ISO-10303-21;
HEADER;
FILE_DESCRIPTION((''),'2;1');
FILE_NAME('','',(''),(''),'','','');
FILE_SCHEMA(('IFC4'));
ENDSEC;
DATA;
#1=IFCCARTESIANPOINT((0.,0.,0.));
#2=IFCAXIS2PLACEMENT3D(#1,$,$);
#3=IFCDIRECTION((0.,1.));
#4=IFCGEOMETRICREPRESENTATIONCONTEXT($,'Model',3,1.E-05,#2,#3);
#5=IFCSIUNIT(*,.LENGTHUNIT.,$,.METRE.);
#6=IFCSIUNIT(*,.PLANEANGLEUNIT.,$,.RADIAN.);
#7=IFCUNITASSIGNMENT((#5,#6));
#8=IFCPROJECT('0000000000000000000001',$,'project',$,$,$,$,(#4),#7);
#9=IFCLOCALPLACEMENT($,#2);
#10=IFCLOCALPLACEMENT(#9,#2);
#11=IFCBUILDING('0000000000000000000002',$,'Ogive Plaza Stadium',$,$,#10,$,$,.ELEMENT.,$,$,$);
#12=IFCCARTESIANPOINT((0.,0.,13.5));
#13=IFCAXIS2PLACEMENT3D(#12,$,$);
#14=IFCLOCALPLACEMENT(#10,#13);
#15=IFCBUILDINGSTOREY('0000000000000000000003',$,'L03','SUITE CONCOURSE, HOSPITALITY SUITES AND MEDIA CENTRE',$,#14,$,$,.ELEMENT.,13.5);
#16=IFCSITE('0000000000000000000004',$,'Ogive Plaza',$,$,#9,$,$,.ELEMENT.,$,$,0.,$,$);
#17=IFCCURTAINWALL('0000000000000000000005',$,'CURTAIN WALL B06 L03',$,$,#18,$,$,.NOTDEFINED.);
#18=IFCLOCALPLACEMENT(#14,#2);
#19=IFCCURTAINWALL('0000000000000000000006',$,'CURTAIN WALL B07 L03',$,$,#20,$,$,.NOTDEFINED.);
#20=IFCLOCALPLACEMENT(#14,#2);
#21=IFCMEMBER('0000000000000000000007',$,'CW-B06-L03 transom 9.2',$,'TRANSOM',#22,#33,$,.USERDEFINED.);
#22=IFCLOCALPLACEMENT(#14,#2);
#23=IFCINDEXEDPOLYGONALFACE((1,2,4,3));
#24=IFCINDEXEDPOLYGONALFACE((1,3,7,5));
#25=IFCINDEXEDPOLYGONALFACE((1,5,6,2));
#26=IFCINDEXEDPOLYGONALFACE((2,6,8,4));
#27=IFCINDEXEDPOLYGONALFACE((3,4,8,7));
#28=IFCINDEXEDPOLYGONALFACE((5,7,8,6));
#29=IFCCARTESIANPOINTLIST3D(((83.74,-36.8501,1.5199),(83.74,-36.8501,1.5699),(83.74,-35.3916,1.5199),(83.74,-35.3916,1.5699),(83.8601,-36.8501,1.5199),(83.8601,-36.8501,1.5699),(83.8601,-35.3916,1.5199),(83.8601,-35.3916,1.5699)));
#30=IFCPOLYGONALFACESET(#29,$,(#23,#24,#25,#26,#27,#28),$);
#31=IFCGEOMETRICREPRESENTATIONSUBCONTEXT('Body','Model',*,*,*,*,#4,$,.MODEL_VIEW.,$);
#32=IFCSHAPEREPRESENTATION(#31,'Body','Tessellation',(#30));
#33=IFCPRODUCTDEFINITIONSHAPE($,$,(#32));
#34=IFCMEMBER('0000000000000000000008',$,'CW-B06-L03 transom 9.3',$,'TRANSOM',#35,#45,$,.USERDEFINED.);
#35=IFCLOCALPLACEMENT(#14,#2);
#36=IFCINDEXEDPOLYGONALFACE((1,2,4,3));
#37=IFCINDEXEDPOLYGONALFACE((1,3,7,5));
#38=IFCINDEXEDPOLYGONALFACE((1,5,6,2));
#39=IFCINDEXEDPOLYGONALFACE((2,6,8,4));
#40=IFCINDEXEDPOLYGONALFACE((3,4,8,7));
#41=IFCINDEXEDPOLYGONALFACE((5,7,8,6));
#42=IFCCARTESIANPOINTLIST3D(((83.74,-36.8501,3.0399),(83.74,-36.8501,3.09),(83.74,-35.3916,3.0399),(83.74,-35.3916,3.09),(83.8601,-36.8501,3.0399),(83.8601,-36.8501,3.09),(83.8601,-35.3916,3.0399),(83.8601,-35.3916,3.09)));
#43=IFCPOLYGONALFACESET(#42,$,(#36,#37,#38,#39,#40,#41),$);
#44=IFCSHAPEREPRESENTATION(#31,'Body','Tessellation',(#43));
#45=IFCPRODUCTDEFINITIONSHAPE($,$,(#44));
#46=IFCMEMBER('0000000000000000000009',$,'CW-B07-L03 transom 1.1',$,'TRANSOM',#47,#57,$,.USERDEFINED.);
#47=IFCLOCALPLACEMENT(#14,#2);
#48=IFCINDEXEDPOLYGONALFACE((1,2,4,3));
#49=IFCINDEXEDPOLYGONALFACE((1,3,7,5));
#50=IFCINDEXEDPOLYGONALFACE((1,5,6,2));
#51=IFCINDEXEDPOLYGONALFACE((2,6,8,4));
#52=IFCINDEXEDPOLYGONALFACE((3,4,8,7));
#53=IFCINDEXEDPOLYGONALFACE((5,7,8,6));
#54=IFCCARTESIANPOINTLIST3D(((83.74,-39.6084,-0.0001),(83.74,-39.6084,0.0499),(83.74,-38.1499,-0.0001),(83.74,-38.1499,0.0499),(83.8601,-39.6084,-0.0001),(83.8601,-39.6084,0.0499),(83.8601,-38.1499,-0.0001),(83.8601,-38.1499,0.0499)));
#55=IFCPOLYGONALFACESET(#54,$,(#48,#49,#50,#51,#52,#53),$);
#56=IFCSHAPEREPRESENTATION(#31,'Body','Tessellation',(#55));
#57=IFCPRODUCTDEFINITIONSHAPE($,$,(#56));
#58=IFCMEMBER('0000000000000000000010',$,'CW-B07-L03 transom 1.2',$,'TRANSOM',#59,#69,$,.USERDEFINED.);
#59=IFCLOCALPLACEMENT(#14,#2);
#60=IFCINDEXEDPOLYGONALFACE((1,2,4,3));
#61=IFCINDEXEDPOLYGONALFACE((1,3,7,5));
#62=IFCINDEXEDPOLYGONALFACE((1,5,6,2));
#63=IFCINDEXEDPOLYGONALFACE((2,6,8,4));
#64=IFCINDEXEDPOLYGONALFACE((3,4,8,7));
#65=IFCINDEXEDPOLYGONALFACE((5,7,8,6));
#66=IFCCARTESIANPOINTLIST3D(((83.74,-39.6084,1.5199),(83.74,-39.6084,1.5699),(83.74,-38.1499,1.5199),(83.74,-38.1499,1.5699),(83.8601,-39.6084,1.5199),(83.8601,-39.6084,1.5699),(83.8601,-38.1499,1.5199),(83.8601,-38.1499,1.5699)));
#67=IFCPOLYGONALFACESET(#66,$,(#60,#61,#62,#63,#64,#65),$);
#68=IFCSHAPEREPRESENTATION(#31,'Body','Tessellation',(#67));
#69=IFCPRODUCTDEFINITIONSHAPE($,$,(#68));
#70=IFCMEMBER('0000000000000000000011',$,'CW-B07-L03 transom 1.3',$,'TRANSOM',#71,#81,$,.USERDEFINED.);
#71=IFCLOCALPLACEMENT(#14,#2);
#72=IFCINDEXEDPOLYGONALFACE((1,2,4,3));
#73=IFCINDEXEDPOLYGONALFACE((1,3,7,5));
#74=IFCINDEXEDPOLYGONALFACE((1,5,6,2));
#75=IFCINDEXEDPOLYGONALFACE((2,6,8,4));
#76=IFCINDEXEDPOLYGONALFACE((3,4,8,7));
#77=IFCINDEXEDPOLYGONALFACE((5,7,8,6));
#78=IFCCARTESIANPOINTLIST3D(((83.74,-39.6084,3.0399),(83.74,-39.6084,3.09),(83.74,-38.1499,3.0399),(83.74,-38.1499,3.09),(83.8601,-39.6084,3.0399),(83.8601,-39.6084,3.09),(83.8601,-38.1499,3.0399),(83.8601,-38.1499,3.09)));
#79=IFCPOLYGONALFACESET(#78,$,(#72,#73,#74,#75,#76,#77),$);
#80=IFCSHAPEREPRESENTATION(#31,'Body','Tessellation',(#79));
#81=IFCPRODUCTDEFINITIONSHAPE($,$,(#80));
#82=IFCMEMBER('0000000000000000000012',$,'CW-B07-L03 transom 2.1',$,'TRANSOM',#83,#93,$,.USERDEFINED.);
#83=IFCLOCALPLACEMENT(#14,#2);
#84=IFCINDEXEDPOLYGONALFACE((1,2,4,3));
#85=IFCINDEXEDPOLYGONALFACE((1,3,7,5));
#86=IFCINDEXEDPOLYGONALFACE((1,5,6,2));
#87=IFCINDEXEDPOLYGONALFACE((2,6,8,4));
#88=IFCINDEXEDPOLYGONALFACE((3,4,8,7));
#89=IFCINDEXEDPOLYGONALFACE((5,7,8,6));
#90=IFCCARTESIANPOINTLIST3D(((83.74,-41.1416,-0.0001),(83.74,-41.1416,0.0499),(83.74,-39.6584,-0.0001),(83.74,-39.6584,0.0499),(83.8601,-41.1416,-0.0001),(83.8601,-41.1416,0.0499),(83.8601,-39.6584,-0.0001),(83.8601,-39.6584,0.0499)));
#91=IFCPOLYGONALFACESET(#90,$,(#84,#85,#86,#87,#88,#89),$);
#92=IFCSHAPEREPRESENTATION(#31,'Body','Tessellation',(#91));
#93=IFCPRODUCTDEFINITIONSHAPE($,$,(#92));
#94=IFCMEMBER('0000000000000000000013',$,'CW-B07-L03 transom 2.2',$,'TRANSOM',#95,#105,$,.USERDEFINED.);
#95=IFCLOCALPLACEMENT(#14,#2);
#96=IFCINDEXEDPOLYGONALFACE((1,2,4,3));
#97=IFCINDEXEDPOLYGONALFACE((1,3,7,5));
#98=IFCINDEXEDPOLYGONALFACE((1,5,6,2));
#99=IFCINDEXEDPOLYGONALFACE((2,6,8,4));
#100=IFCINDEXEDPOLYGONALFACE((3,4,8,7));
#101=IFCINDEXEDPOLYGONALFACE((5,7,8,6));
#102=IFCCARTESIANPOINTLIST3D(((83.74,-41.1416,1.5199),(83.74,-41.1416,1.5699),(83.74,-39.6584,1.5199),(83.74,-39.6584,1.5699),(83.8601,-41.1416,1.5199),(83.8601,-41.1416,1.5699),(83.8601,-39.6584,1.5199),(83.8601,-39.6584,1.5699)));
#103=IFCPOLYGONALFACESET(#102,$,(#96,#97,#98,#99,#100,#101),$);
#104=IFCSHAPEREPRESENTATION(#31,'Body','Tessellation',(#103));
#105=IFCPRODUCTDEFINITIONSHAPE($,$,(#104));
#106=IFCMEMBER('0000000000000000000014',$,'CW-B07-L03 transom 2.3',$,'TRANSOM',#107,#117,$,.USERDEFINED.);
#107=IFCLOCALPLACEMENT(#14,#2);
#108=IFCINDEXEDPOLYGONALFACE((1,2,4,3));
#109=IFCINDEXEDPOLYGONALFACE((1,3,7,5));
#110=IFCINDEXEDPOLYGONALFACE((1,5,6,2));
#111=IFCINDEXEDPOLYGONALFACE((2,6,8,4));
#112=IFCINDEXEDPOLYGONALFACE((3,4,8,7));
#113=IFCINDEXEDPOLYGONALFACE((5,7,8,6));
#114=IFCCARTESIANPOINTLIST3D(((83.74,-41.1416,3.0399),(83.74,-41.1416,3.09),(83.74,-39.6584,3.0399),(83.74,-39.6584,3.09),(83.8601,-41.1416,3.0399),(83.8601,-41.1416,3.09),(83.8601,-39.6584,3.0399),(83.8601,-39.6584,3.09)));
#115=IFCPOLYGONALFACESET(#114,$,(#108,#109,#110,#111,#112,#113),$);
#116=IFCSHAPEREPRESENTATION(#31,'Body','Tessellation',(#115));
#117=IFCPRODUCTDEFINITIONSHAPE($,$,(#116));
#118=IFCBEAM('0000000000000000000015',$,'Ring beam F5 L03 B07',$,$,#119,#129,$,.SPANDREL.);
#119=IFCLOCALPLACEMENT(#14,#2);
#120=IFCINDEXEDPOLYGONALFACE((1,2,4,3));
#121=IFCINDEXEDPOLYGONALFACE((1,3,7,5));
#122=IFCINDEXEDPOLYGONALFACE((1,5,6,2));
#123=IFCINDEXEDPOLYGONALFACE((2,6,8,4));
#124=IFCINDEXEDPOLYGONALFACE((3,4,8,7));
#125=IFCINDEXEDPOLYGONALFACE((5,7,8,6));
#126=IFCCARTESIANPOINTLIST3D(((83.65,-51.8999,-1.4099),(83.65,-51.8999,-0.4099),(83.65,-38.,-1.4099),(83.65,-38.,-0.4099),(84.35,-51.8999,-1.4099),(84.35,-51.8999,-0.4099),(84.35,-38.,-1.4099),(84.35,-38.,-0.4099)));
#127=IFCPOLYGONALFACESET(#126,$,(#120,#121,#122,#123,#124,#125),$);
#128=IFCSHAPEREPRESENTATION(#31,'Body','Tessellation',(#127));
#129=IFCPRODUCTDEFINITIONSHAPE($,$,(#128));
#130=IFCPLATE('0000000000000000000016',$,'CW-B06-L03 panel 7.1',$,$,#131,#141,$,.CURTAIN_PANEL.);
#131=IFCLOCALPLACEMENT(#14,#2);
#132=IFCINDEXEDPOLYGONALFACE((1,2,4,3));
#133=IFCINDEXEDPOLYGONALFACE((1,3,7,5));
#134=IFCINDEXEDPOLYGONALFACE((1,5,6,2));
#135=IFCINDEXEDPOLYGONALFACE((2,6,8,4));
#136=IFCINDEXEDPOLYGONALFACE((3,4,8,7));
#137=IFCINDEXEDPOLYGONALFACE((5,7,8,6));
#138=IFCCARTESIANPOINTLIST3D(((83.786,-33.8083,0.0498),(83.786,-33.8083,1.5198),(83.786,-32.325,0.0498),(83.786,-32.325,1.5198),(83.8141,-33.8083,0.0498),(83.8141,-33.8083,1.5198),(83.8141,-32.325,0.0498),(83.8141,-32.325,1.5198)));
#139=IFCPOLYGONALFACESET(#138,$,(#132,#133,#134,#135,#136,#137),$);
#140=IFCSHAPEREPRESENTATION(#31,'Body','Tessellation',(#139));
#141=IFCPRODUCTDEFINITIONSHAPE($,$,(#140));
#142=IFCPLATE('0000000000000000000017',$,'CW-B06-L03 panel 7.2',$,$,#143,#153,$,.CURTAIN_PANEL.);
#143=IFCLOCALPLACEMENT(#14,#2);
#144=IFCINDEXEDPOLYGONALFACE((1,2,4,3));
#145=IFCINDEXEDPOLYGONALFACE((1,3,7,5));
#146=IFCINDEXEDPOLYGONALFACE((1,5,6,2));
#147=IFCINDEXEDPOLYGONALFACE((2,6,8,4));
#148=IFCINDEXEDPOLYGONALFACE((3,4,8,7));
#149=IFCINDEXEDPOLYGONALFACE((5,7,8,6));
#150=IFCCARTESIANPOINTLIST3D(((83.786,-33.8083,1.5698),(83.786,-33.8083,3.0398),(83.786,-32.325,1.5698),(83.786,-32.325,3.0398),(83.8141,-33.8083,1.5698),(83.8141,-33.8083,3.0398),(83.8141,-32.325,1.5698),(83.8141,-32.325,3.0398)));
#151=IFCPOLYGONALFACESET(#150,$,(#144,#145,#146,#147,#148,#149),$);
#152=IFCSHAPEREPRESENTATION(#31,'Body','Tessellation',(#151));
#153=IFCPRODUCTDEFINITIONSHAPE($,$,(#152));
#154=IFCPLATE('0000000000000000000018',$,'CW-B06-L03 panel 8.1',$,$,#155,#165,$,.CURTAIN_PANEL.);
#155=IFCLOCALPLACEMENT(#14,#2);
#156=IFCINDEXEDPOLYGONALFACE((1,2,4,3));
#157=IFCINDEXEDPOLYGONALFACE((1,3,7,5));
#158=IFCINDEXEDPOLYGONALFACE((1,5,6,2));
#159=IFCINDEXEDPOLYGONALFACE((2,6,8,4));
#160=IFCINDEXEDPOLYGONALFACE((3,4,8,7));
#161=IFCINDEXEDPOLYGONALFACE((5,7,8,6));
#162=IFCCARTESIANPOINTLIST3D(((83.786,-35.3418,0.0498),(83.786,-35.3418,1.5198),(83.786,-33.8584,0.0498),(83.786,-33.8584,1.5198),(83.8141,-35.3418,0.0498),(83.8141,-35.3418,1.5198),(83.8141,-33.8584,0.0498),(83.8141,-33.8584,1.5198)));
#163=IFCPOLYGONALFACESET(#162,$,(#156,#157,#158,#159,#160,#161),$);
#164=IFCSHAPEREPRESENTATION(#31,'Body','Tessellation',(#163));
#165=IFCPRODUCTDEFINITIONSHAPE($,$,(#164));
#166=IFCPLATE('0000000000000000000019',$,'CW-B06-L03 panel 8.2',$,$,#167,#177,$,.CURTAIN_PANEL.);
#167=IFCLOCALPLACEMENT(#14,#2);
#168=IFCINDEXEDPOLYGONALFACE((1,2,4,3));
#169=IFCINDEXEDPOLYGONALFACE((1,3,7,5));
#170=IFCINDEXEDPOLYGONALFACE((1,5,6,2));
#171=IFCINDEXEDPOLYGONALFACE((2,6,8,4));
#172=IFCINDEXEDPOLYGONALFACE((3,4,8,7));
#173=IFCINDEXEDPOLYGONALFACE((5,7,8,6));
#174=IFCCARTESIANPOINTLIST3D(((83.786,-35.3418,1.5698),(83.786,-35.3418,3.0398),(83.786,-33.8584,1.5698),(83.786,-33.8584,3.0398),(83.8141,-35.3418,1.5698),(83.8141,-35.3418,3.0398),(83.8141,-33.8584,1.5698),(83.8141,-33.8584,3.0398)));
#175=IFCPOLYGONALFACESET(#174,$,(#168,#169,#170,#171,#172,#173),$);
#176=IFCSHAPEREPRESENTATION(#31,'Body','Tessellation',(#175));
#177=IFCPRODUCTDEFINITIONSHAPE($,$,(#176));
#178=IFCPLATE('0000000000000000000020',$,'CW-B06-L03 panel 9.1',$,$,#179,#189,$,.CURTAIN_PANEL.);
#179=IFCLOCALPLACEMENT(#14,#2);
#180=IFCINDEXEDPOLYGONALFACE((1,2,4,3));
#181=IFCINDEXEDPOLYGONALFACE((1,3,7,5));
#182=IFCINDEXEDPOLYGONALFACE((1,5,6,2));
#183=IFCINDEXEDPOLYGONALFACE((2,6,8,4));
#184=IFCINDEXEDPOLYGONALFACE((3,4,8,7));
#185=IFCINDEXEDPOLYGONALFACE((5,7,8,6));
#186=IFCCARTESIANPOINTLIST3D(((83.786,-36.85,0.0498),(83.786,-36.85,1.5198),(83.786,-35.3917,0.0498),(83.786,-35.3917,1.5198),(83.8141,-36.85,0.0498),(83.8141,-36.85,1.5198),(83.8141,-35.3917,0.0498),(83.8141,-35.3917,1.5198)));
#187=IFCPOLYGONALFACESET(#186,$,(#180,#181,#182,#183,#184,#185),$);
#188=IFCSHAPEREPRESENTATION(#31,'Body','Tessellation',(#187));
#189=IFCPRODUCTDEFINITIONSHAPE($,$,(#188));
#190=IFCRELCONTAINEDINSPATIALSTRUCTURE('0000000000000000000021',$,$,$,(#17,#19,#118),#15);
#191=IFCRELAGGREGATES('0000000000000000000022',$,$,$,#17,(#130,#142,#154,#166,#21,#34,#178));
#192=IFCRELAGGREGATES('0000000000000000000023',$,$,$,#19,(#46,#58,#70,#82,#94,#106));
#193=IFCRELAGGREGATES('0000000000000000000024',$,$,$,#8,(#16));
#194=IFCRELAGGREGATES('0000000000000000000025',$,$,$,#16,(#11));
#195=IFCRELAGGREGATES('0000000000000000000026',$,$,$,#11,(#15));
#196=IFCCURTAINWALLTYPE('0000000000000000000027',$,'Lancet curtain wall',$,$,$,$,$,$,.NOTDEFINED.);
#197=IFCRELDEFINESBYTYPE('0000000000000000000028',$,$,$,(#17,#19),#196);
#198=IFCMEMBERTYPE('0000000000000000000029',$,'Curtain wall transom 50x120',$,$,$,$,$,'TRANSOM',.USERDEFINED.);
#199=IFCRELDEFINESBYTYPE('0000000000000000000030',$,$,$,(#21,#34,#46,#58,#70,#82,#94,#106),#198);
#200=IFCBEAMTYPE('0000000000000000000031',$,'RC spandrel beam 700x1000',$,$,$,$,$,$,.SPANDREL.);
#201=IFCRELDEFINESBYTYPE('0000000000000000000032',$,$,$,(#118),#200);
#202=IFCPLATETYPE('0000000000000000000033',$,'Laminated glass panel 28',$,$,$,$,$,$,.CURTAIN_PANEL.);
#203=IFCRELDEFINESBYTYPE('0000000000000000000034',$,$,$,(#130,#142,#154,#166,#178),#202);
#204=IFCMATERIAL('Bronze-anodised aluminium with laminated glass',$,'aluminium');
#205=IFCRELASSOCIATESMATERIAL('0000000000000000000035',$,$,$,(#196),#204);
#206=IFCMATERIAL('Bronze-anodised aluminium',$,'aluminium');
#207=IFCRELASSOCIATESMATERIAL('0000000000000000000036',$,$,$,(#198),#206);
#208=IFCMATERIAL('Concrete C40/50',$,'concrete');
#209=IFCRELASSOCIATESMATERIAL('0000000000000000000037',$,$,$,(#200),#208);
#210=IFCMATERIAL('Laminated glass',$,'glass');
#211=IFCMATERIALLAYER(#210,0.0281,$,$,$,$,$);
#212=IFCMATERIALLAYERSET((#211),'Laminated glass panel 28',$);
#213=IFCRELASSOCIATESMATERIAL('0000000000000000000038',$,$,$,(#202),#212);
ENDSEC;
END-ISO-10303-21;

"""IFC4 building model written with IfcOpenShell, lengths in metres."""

from ifc_helpers import new_model, si_unit, direction, frame, origin, origin_2d, place, context, subcontext, project, spatial, rectangle, extrude, material, layer, layer_set, material_profile, profile_set, type_object, element, aggregate, save


model = new_model("IFC4")

# Units and contexts
model_context = context("Model", 3, precision=1e-05, world=origin(), true_north=direction((0.0, 1.0)))
body_context = subcontext(model_context, "Body", "Model", "MODEL_VIEW")
ifc_project = project(units=[si_unit("LENGTHUNIT", "METRE"), si_unit("PLANEANGLEUNIT", "RADIAN")], contexts=[model_context])

# Site, building, storey
site_placement = place(None, origin())
site = spatial("IfcSite", under=ifc_project, at=site_placement, Name="Ogive Plaza", CompositionType="ELEMENT", RefElevation=0.0)
building_placement = place(site_placement, origin())
building = spatial("IfcBuilding", under=site, at=building_placement, Name="Ogive Plaza Stadium", CompositionType="ELEMENT")
storey_placement = place(building_placement, frame((0.0, 0.0, 13.5)))
storey = spatial("IfcBuildingStorey", under=building, at=storey_placement, Name="L03", Description="SUITE CONCOURSE, HOSPITALITY SUITES AND MEDIA CENTRE", CompositionType="ELEMENT", Elevation=13.5)

# Curtain walls
ifc_material_1 = material(Name="Bronze-anodised aluminium with laminated glass", Category="aluminium")
curtain_wall_type = type_object("IfcCurtainWallType", Name="Lancet curtain wall", PredefinedType="NOTDEFINED", material=ifc_material_1)
curtain_wall_1_placement = place(storey_placement, origin())
curtain_wall_1 = element("IfcCurtainWall", 1, at=curtain_wall_1_placement, inside=storey, type_object=curtain_wall_type, Name="CURTAIN WALL B06 L03", PredefinedType="NOTDEFINED")
curtain_wall_2_placement = place(storey_placement, origin())
curtain_wall_2 = element("IfcCurtainWall", 2, at=curtain_wall_2_placement, inside=storey, type_object=curtain_wall_type, Name="CURTAIN WALL B07 L03", PredefinedType="NOTDEFINED")

# Members
ifc_material_2 = material(Name="Bronze-anodised aluminium", Category="aluminium")
ifc_material_profile_1 = material_profile(ifc_material_2, rectangle(XDim=0.1201, YDim=0.05, at=origin_2d()), Name="AL 120x50")
ifc_profile_set_1 = profile_set([ifc_material_profile_1], Name="Bronze-anodised aluminium")
member_type_1 = type_object("IfcMemberType", Name="Curtain wall transom 50x120", ElementType="TRANSOM", PredefinedType="USERDEFINED", material=ifc_profile_set_1)
member_1_placement = place(storey_placement, frame((83.8, -35.3916, 1.5449), z_axis=(0.0, -1.0, 0.0), x_axis=(1.0, 0.0, 0.0)))
member_1 = element("IfcMember", 3, at=member_1_placement, type_object=member_type_1, Name="CW-B06-L03 transom 9.2", ObjectType="TRANSOM", PredefinedType="USERDEFINED", context=body_context, shape_type="SweptSolid", body=[
    extrude(rectangle(XDim=0.1201, YDim=0.05, at=origin_2d()), origin(), (0.0, 0.0, 1.0), 1.4585),
])
member_2_placement = place(storey_placement, frame((83.8, -35.3916, 3.0649), z_axis=(0.0, -1.0, 0.0), x_axis=(1.0, 0.0, 0.0)))
member_2 = element("IfcMember", 4, at=member_2_placement, type_object=member_type_1, Name="CW-B06-L03 transom 9.3", ObjectType="TRANSOM", PredefinedType="USERDEFINED", context=body_context, shape_type="SweptSolid", body=[
    extrude(rectangle(XDim=0.1201, YDim=0.05, at=origin_2d()), origin(), (0.0, 0.0, 1.0), 1.4585),
])
member_3_placement = place(storey_placement, frame((83.8, -38.1499, 0.0249), z_axis=(0.0, -1.0, 0.0), x_axis=(1.0, 0.0, 0.0)))
member_3 = element("IfcMember", 5, at=member_3_placement, type_object=member_type_1, Name="CW-B07-L03 transom 1.1", ObjectType="TRANSOM", PredefinedType="USERDEFINED", context=body_context, shape_type="SweptSolid", body=[
    extrude(rectangle(XDim=0.1201, YDim=0.05, at=origin_2d()), origin(), (0.0, 0.0, 1.0), 1.4585),
])
member_4_placement = place(storey_placement, frame((83.8, -38.1499, 1.5449), z_axis=(0.0, -1.0, 0.0), x_axis=(1.0, 0.0, 0.0)))
member_4 = element("IfcMember", 6, at=member_4_placement, type_object=member_type_1, Name="CW-B07-L03 transom 1.2", ObjectType="TRANSOM", PredefinedType="USERDEFINED", context=body_context, shape_type="SweptSolid", body=[
    extrude(rectangle(XDim=0.1201, YDim=0.05, at=origin_2d()), origin(), (0.0, 0.0, 1.0), 1.4585),
])
member_5_placement = place(storey_placement, frame((83.8, -38.1499, 3.0649), z_axis=(0.0, -1.0, 0.0), x_axis=(1.0, 0.0, 0.0)))
member_5 = element("IfcMember", 7, at=member_5_placement, type_object=member_type_1, Name="CW-B07-L03 transom 1.3", ObjectType="TRANSOM", PredefinedType="USERDEFINED", context=body_context, shape_type="SweptSolid", body=[
    extrude(rectangle(XDim=0.1201, YDim=0.05, at=origin_2d()), origin(), (0.0, 0.0, 1.0), 1.4585),
])
member_6_placement = place(storey_placement, frame((83.8, -39.6584, 0.0249), z_axis=(0.0, -1.0, 0.0), x_axis=(1.0, 0.0, 0.0)))
member_6 = element("IfcMember", 8, at=member_6_placement, type_object=member_type_1, Name="CW-B07-L03 transom 2.1", ObjectType="TRANSOM", PredefinedType="USERDEFINED", context=body_context, shape_type="SweptSolid", body=[
    extrude(rectangle(XDim=0.1201, YDim=0.05, at=origin_2d()), origin(), (0.0, 0.0, 1.0), 1.4832),
])
member_7_placement = place(storey_placement, frame((83.8, -39.6584, 1.5449), z_axis=(0.0, -1.0, 0.0), x_axis=(1.0, 0.0, 0.0)))
member_7 = element("IfcMember", 9, at=member_7_placement, type_object=member_type_1, Name="CW-B07-L03 transom 2.2", ObjectType="TRANSOM", PredefinedType="USERDEFINED", context=body_context, shape_type="SweptSolid", body=[
    extrude(rectangle(XDim=0.1201, YDim=0.05, at=origin_2d()), origin(), (0.0, 0.0, 1.0), 1.4832),
])
member_8_placement = place(storey_placement, frame((83.8, -39.6584, 3.0649), z_axis=(0.0, -1.0, 0.0), x_axis=(1.0, 0.0, 0.0)))
member_8 = element("IfcMember", 10, at=member_8_placement, type_object=member_type_1, Name="CW-B07-L03 transom 2.3", ObjectType="TRANSOM", PredefinedType="USERDEFINED", context=body_context, shape_type="SweptSolid", body=[
    extrude(rectangle(XDim=0.1201, YDim=0.05, at=origin_2d()), origin(), (0.0, 0.0, 1.0), 1.4832),
])

# Beam
ifc_material_3 = material(Name="Concrete C40/50", Category="concrete")
ifc_material_profile_2 = material_profile(ifc_material_3, rectangle(XDim=0.7, YDim=1.0, at=origin_2d()), Name="RC 700x1000")
ifc_profile_set_2 = profile_set([ifc_material_profile_2], Name="Concrete C40/50")
beam_type = type_object("IfcBeamType", Name="RC spandrel beam 700x1000", PredefinedType="SPANDREL", material=ifc_profile_set_2)
beam_placement = place(storey_placement, frame((84.0, -38.0, -0.9099), z_axis=(0.0, -1.0, 0.0), x_axis=(1.0, 0.0, 0.0)))
element("IfcBeam", 11, at=beam_placement, inside=storey, type_object=beam_type, Name="Ring beam F5 L03 B07", PredefinedType="SPANDREL", context=body_context, shape_type="SweptSolid", body=[
    extrude(rectangle(XDim=0.7, YDim=1.0, at=origin_2d()), origin(), (0.0, 0.0, 1.0), 13.8999),
])

# Plates
ifc_material_4 = material(Name="Laminated glass", Category="glass")
ifc_layer = layer(ifc_material_4, 0.0281)
ifc_layer_set = layer_set([ifc_layer], Name="Laminated glass panel 28")
plate_type = type_object("IfcPlateType", Name="Laminated glass panel 28", PredefinedType="CURTAIN_PANEL", material=ifc_layer_set)
plate_1_placement = place(storey_placement, frame((83.8, -33.0667, 0.0498), z_axis=(0.0, 0.0, 1.0), x_axis=(0.0, -1.0, 0.0)))
plate_1 = element("IfcPlate", 12, at=plate_1_placement, type_object=plate_type, Name="CW-B06-L03 panel 7.1", PredefinedType="CURTAIN_PANEL", context=body_context, shape_type="SweptSolid", body=[
    extrude(rectangle(XDim=1.4834, YDim=0.0281, at=origin_2d()), origin(), (0.0, 0.0, 1.0), 1.47),
])
plate_2_placement = place(storey_placement, frame((83.8, -33.0667, 1.5698), z_axis=(0.0, 0.0, 1.0), x_axis=(0.0, -1.0, 0.0)))
plate_2 = element("IfcPlate", 13, at=plate_2_placement, type_object=plate_type, Name="CW-B06-L03 panel 7.2", PredefinedType="CURTAIN_PANEL", context=body_context, shape_type="SweptSolid", body=[
    extrude(rectangle(XDim=1.4834, YDim=0.0281, at=origin_2d()), origin(), (0.0, 0.0, 1.0), 1.47),
])
plate_3_placement = place(storey_placement, frame((83.8, -34.6001, 0.0498), z_axis=(0.0, 0.0, 1.0), x_axis=(0.0, -1.0, 0.0)))
plate_3 = element("IfcPlate", 14, at=plate_3_placement, type_object=plate_type, Name="CW-B06-L03 panel 8.1", PredefinedType="CURTAIN_PANEL", context=body_context, shape_type="SweptSolid", body=[
    extrude(rectangle(XDim=1.4834, YDim=0.0281, at=origin_2d()), origin(), (0.0, 0.0, 1.0), 1.47),
])
plate_4_placement = place(storey_placement, frame((83.8, -34.6001, 1.5698), z_axis=(0.0, 0.0, 1.0), x_axis=(0.0, -1.0, 0.0)))
plate_4 = element("IfcPlate", 15, at=plate_4_placement, type_object=plate_type, Name="CW-B06-L03 panel 8.2", PredefinedType="CURTAIN_PANEL", context=body_context, shape_type="SweptSolid", body=[
    extrude(rectangle(XDim=1.4834, YDim=0.0281, at=origin_2d()), origin(), (0.0, 0.0, 1.0), 1.47),
])
plate_5_placement = place(storey_placement, frame((83.8, -36.1208, 0.0498), z_axis=(0.0, 0.0, 1.0), x_axis=(0.0, -1.0, 0.0)))
plate_5 = element("IfcPlate", 16, at=plate_5_placement, type_object=plate_type, Name="CW-B06-L03 panel 9.1", PredefinedType="CURTAIN_PANEL", context=body_context, shape_type="SweptSolid", body=[
    extrude(rectangle(XDim=1.4583, YDim=0.0281, at=origin_2d()), origin(), (0.0, 0.0, 1.0), 1.47),
])
aggregate(curtain_wall_1, [plate_1, plate_2, plate_3, plate_4, member_1, member_2, plate_5])
aggregate(curtain_wall_2, [member_3, member_4, member_5, member_6, member_7, member_8])

save(model, "model.ifc")
